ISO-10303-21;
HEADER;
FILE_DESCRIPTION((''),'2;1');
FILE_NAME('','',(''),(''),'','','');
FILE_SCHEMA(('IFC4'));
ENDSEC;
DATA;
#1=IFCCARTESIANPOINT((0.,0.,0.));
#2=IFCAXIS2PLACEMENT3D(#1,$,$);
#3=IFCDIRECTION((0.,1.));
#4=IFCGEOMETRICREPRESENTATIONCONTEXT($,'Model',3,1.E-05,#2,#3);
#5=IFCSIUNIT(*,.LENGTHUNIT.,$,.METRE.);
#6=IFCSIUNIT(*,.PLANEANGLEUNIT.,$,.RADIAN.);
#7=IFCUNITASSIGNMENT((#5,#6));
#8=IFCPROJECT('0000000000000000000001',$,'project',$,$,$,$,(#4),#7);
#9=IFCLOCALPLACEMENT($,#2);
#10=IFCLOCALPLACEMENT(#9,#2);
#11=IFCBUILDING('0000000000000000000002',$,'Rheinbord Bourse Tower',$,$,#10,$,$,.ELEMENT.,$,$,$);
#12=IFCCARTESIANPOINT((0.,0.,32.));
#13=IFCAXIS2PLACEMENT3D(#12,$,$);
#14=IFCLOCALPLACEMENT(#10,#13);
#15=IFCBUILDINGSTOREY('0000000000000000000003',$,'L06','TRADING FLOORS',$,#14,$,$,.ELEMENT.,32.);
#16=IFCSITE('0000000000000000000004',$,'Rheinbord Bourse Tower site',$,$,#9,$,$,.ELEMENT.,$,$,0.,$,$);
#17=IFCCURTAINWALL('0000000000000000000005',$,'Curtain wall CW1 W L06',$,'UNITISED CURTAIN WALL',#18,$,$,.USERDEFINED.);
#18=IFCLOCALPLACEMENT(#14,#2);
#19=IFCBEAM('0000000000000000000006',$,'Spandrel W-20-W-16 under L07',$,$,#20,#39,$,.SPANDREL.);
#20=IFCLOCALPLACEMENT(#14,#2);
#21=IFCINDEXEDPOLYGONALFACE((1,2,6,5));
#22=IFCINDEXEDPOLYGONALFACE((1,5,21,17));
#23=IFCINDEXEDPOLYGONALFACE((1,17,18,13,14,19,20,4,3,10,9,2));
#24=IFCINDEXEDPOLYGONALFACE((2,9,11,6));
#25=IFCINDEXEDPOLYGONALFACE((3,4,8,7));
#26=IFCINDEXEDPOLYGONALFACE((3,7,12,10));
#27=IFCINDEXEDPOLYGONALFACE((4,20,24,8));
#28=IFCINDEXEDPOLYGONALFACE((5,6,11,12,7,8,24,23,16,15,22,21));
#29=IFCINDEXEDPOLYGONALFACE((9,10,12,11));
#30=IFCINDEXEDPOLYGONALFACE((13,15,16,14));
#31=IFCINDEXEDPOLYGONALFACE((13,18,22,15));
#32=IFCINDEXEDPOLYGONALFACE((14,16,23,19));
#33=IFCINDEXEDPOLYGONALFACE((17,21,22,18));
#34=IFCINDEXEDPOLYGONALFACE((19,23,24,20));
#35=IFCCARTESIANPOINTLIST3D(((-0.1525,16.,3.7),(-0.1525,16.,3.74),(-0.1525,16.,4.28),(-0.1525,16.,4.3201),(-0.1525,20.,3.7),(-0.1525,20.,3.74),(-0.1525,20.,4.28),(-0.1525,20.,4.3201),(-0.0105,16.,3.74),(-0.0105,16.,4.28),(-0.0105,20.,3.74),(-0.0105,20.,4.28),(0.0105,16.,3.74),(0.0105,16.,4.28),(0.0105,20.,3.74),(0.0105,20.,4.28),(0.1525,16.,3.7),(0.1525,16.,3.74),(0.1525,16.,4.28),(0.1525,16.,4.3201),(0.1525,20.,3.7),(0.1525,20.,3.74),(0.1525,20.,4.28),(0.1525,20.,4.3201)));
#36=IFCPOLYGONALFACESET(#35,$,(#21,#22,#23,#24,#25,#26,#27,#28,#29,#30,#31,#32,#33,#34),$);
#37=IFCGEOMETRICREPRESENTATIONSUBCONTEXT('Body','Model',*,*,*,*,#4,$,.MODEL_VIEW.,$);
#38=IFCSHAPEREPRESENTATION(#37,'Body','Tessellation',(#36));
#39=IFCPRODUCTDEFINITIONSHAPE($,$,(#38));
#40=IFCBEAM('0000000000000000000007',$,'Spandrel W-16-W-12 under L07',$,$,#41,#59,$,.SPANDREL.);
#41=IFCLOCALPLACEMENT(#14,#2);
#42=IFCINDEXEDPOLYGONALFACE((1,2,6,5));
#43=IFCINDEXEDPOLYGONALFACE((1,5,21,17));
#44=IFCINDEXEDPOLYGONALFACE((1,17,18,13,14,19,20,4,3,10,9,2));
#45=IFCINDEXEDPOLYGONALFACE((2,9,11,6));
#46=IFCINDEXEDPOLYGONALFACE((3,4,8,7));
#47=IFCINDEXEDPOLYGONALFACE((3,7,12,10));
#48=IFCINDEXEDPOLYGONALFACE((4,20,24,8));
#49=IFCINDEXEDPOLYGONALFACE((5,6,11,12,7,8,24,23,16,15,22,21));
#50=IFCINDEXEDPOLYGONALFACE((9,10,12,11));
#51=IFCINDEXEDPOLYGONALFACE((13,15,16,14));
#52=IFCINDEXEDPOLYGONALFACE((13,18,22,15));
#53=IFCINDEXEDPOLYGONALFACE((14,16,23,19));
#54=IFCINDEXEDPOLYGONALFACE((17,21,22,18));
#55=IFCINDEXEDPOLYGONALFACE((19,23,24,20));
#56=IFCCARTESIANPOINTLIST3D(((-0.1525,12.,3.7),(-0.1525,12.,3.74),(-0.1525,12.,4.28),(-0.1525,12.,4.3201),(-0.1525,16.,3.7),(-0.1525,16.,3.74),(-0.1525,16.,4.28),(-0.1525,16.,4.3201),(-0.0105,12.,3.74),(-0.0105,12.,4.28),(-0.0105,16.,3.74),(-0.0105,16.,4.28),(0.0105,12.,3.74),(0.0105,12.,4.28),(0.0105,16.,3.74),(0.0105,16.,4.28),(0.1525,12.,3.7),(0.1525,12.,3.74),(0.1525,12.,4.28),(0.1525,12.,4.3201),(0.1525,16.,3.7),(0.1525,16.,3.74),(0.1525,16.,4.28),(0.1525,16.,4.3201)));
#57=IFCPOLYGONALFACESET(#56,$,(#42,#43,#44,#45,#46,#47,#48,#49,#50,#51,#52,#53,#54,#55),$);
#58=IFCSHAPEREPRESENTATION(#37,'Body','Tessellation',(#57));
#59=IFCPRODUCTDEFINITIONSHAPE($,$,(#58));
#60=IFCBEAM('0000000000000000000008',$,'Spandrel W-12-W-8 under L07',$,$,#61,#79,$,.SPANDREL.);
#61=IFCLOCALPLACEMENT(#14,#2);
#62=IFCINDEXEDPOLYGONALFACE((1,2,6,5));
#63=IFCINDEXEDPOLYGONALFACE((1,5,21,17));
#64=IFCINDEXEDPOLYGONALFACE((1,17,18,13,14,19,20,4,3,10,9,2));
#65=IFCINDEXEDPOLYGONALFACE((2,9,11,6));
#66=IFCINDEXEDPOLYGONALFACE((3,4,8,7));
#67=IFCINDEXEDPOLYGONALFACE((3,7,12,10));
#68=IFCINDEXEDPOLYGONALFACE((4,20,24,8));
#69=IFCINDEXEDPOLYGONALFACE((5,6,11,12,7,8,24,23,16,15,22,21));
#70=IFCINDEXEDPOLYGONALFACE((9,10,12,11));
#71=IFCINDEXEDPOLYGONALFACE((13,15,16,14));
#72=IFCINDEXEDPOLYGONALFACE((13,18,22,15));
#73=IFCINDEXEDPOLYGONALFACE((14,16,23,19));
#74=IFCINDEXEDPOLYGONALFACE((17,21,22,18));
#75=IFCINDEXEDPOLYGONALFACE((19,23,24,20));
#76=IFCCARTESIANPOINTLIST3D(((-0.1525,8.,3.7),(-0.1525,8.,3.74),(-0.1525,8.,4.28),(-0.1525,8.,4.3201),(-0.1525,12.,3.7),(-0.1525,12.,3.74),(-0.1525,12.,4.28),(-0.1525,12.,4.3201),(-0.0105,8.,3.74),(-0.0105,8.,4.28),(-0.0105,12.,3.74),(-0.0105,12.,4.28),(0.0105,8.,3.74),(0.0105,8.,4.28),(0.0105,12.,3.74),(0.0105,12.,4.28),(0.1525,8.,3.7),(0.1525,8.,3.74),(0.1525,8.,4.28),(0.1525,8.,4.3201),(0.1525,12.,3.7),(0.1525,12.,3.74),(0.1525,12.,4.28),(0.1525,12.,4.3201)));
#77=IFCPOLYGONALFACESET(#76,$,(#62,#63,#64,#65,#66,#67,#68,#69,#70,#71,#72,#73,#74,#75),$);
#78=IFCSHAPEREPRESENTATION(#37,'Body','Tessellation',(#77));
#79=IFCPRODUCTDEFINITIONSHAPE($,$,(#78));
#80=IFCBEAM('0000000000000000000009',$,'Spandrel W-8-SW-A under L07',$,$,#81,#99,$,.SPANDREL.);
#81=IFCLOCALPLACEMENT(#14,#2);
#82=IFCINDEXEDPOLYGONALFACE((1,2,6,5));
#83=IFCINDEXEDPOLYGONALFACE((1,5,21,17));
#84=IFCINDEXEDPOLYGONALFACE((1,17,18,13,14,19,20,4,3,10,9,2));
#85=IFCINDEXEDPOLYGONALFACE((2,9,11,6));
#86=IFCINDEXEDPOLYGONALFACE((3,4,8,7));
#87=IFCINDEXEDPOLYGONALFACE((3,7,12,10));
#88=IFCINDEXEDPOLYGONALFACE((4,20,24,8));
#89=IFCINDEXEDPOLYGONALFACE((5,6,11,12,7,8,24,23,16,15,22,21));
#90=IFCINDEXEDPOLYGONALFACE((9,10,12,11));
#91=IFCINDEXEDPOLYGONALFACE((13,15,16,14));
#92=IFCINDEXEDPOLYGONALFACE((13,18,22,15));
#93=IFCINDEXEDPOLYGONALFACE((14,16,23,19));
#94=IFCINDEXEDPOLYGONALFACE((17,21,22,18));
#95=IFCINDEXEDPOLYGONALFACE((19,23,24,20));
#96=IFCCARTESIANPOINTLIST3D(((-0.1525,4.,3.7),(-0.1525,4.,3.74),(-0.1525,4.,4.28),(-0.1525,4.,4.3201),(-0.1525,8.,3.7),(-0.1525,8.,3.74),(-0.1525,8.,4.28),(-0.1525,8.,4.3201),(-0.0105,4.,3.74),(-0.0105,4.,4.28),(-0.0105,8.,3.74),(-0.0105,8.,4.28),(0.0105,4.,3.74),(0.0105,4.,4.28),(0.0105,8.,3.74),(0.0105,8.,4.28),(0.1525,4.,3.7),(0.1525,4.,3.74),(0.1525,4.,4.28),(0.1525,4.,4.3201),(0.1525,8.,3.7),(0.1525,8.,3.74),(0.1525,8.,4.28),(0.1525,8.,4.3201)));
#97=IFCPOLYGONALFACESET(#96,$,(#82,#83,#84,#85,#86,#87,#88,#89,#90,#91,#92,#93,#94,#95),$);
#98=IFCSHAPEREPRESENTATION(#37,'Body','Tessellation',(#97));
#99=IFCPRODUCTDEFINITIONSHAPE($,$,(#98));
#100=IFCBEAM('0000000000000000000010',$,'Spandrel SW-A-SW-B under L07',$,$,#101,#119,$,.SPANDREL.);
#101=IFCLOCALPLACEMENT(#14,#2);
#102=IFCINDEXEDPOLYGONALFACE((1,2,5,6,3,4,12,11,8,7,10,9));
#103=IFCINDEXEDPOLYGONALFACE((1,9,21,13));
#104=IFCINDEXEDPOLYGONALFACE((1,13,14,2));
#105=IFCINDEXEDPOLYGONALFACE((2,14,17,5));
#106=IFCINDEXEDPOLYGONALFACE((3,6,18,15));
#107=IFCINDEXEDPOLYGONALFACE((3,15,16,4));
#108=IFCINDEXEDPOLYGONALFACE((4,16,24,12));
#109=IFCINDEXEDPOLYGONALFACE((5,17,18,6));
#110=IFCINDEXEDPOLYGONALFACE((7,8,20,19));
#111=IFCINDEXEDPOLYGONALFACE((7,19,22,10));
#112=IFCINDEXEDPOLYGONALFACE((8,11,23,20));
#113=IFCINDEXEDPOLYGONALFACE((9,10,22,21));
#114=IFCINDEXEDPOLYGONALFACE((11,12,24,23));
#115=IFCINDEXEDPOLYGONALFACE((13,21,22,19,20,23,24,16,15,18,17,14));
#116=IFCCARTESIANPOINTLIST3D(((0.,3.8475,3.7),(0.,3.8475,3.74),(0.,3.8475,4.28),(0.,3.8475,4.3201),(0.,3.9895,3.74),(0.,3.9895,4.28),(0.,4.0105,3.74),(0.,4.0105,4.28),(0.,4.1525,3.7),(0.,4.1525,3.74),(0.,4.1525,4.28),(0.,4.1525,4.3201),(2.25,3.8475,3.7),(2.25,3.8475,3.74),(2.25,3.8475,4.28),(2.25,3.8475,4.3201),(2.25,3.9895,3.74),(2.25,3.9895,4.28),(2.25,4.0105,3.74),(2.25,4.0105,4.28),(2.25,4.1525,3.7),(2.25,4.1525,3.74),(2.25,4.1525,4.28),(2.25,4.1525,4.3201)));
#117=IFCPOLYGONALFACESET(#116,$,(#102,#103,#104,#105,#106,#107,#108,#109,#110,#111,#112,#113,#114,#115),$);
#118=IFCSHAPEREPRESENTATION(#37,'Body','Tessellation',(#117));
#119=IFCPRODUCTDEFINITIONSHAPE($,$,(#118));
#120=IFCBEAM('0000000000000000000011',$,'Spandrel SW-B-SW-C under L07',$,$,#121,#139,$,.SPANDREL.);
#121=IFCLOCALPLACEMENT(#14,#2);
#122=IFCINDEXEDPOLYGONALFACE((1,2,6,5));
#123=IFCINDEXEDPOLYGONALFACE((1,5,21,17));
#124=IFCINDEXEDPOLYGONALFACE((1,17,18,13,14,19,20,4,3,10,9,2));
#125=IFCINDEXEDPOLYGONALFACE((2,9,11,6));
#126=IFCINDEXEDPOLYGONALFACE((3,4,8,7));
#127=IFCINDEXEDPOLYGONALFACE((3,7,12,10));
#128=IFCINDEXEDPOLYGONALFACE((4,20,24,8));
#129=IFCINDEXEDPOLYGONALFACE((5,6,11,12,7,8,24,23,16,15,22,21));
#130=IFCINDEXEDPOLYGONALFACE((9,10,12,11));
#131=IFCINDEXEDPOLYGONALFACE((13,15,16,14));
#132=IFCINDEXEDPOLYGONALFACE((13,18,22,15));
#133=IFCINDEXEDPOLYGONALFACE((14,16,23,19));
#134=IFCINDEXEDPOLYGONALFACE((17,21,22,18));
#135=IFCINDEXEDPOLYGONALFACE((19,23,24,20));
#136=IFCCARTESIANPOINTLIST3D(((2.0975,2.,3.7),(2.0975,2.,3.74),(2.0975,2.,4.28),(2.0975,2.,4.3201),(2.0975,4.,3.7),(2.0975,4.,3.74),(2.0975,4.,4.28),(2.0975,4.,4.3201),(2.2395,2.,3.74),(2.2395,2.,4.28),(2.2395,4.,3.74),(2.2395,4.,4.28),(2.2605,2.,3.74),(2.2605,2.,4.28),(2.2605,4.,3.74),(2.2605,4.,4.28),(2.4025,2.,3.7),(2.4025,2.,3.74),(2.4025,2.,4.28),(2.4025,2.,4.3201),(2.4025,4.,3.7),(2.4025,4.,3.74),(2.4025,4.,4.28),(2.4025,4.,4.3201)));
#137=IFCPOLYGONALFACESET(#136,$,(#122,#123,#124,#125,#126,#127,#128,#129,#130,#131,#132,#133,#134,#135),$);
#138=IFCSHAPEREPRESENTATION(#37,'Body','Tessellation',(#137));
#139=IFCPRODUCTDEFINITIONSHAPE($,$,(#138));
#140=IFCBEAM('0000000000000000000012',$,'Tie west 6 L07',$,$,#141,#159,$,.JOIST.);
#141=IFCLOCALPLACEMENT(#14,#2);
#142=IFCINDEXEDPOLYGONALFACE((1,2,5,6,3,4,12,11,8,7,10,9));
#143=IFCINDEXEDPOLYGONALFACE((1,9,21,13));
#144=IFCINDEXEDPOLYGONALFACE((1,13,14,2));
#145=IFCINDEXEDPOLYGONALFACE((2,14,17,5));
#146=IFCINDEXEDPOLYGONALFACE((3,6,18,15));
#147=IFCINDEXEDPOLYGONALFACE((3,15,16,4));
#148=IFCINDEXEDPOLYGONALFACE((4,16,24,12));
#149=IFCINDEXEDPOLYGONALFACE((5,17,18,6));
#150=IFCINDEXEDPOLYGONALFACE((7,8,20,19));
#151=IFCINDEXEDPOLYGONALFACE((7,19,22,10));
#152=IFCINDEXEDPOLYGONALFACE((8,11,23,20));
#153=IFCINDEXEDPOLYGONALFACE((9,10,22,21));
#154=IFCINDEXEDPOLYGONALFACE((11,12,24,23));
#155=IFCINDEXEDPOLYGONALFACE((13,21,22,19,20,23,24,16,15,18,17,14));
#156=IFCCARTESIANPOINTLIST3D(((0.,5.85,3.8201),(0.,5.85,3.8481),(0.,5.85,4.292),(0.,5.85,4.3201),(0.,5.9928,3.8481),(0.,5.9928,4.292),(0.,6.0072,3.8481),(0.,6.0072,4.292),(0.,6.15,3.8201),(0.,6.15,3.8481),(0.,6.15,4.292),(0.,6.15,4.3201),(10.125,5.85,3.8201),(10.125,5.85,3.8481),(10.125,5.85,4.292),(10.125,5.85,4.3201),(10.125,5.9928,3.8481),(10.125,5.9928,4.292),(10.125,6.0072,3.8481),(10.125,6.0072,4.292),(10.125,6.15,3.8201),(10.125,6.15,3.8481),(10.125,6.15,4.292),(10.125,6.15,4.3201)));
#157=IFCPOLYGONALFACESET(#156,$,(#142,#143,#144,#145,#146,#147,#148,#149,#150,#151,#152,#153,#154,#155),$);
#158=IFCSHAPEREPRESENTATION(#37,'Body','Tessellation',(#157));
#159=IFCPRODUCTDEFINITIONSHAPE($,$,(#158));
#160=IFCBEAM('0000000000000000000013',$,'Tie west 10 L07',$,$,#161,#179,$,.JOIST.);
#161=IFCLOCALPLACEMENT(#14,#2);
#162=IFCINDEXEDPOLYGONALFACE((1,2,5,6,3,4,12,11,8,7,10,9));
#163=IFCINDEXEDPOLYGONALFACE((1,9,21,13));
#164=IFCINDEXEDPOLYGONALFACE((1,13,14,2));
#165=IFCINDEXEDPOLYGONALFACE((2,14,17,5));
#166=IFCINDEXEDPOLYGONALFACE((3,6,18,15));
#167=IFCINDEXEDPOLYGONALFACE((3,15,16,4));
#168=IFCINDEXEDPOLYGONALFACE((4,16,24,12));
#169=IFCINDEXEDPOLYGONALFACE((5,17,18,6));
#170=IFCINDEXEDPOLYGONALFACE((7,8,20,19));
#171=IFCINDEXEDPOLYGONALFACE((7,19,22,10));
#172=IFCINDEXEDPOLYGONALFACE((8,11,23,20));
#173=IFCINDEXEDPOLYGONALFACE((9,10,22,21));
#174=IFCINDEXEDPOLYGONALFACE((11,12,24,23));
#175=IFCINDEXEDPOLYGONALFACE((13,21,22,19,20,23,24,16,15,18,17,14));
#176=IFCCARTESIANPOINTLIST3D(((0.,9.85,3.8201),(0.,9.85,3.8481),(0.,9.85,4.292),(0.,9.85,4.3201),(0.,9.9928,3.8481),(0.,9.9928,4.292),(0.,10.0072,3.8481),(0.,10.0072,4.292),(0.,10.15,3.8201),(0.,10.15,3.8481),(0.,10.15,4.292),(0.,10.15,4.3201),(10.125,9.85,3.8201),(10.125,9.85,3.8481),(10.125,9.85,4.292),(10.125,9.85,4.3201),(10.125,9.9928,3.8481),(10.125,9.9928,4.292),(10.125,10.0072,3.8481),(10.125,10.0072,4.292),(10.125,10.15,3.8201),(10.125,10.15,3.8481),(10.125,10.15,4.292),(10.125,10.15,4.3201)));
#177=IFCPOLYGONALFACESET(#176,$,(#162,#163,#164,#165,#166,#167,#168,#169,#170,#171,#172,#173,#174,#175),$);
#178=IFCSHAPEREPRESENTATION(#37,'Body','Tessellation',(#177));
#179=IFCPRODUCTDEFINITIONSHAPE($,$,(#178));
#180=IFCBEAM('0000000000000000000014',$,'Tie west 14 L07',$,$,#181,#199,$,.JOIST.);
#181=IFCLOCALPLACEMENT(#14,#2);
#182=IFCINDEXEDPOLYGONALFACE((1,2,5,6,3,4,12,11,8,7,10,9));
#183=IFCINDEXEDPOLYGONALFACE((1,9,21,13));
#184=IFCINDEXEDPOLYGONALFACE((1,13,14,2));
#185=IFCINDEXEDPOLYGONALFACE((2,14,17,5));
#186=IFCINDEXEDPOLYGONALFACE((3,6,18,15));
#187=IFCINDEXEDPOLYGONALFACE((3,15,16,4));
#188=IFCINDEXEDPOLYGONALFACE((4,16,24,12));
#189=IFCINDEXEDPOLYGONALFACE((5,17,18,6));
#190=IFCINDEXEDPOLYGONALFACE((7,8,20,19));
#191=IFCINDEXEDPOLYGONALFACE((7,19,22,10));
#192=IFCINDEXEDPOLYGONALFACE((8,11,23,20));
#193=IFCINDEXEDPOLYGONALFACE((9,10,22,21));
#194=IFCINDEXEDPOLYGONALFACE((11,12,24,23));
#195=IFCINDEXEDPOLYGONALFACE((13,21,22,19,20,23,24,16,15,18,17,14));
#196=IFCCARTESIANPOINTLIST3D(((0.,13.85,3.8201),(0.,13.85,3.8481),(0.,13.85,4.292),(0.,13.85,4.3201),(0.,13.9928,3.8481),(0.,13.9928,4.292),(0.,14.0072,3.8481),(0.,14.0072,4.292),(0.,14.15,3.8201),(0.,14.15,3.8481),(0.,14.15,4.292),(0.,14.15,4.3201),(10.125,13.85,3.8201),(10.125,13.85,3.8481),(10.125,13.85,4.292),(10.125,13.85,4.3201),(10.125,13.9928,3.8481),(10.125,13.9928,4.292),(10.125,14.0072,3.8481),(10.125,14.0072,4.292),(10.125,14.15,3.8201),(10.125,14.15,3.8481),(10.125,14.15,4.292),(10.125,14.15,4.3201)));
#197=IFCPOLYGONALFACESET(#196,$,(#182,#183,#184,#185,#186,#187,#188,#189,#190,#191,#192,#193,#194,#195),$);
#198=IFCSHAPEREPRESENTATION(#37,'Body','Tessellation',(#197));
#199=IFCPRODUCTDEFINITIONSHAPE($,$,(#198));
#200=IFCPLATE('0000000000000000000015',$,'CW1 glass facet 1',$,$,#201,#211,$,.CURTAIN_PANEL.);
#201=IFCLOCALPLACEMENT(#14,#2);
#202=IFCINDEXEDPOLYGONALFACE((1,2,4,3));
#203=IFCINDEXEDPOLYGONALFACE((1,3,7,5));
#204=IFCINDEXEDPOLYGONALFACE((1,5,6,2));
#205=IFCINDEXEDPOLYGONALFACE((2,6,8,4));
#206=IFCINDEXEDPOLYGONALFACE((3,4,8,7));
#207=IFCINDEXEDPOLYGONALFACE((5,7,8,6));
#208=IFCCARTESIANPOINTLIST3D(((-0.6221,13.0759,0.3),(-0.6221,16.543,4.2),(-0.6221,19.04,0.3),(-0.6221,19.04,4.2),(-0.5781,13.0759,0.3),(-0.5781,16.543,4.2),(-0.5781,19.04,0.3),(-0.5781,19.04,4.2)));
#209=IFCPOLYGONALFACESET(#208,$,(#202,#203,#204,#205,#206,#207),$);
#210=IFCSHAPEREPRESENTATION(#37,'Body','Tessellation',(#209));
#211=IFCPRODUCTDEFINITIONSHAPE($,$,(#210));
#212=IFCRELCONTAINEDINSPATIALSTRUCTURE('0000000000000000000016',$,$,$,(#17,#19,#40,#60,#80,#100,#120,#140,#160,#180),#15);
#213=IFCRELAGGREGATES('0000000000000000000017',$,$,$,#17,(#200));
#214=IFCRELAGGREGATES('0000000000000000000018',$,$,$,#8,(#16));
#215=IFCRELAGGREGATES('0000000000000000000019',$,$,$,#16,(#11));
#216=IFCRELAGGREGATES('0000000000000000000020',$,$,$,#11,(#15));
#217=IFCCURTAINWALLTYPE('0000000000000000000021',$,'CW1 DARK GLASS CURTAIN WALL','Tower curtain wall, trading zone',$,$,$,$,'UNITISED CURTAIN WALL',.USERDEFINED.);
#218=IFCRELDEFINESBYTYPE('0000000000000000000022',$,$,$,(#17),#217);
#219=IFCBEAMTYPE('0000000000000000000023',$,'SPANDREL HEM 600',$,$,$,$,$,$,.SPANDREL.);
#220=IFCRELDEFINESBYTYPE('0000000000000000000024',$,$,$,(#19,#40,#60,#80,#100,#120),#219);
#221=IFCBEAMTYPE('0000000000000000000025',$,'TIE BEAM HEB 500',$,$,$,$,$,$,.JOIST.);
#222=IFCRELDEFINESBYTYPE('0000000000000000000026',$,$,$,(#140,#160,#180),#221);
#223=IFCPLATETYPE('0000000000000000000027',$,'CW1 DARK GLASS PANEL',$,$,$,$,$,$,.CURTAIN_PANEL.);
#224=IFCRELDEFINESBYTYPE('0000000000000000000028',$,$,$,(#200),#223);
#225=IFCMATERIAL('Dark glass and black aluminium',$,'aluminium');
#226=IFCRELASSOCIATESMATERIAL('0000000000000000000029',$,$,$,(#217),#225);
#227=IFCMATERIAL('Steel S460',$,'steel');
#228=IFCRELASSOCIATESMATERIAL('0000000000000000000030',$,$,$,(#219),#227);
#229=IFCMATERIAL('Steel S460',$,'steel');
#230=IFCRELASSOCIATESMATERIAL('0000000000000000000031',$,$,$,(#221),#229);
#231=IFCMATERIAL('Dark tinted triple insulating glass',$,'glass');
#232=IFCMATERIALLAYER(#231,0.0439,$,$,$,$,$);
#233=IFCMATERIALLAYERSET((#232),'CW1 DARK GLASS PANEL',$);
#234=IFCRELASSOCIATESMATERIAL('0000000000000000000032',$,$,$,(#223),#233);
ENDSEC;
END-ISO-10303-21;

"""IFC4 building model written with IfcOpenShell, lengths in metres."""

from ifc_helpers import new_model, si_unit, direction, frame, origin, origin_2d, place, context, subcontext, project, spatial, polyline, i_section, outline, extrude, material, layer, layer_set, material_profile, profile_set, type_object, element, aggregate, save


model = new_model("IFC4")

# Units and contexts
model_context = context("Model", 3, precision=1e-05, world=origin(), true_north=direction((0.0, 1.0)))
body_context = subcontext(model_context, "Body", "Model", "MODEL_VIEW")
ifc_project = project(units=[si_unit("LENGTHUNIT", "METRE"), si_unit("PLANEANGLEUNIT", "RADIAN")], contexts=[model_context])

# Site, building, storey
site_placement = place(None, origin())
site = spatial("IfcSite", under=ifc_project, at=site_placement, Name="Rheinbord Bourse Tower site", CompositionType="ELEMENT", RefElevation=0.0)
building_placement = place(site_placement, origin())
building = spatial("IfcBuilding", under=site, at=building_placement, Name="Rheinbord Bourse Tower", CompositionType="ELEMENT")
storey_placement = place(building_placement, frame((0.0, 0.0, 32.0)))
storey = spatial("IfcBuildingStorey", under=building, at=storey_placement, Name="L06", Description="TRADING FLOORS", CompositionType="ELEMENT", Elevation=32.0)

# Curtain wall
ifc_material_1 = material(Name="Dark glass and black aluminium", Category="aluminium")
curtain_wall_type = type_object("IfcCurtainWallType", Name="CW1 DARK GLASS CURTAIN WALL", Description="Tower curtain wall, trading zone", ElementType="UNITISED CURTAIN WALL", PredefinedType="USERDEFINED", material=ifc_material_1)
curtain_wall_placement = place(storey_placement, origin())
curtain_wall = element("IfcCurtainWall", 1, at=curtain_wall_placement, inside=storey, type_object=curtain_wall_type, Name="Curtain wall CW1 W L06", ObjectType="UNITISED CURTAIN WALL", PredefinedType="USERDEFINED")

# Beams
ifc_material_2 = material(Name="Steel S460", Category="steel")
ifc_material_profile_1 = material_profile(ifc_material_2, i_section(OverallWidth=0.3049, OverallDepth=0.6201, WebThickness=0.021, FlangeThickness=0.04, at=origin_2d()), Name="HEM 600")
ifc_profile_set_1 = profile_set([ifc_material_profile_1], Name="Steel S460")
beam_type_1 = type_object("IfcBeamType", Name="SPANDREL HEM 600", PredefinedType="SPANDREL", material=ifc_profile_set_1)
for number, where, z_axis, x_axis, name in (
    (2, (0.0, 20.0, 4.01), (0.0, -1.0, 0.0), (1.0, 0.0, 0.0), "Spandrel W-20-W-16 under L07"),
    (3, (0.0, 16.0, 4.01), (0.0, -1.0, 0.0), (1.0, 0.0, 0.0), "Spandrel W-16-W-12 under L07"),
    (4, (0.0, 12.0, 4.01), (0.0, -1.0, 0.0), (1.0, 0.0, 0.0), "Spandrel W-12-W-8 under L07"),
    (5, (0.0, 8.0, 4.01), (0.0, -1.0, 0.0), (1.0, 0.0, 0.0), "Spandrel W-8-SW-A under L07"),
):
    element("IfcBeam", number, at=place(storey_placement, frame(where, z_axis=z_axis, x_axis=x_axis)), inside=storey, type_object=beam_type_1, Name=name, PredefinedType="SPANDREL", context=body_context, shape_type="SweptSolid", body=[
        extrude(i_section(OverallWidth=0.3049, OverallDepth=0.6201, WebThickness=0.021, FlangeThickness=0.04, at=origin_2d()), origin(), (0.0, 0.0, 1.0), 4.0),
    ])
beam_1_placement = place(storey_placement, frame((0.0, 4.0, 4.01), z_axis=(1.0, 0.0, 0.0), x_axis=(0.0, 1.0, 0.0)))
element("IfcBeam", 6, at=beam_1_placement, inside=storey, type_object=beam_type_1, Name="Spandrel SW-A-SW-B under L07", PredefinedType="SPANDREL", context=body_context, shape_type="SweptSolid", body=[
    extrude(i_section(OverallWidth=0.3049, OverallDepth=0.6201, WebThickness=0.021, FlangeThickness=0.04, at=origin_2d()), origin(), (0.0, 0.0, 1.0), 2.25),
])
beam_2_placement = place(storey_placement, frame((2.25, 4.0, 4.01), z_axis=(0.0, -1.0, 0.0), x_axis=(1.0, 0.0, 0.0)))
element("IfcBeam", 7, at=beam_2_placement, inside=storey, type_object=beam_type_1, Name="Spandrel SW-B-SW-C under L07", PredefinedType="SPANDREL", context=body_context, shape_type="SweptSolid", body=[
    extrude(i_section(OverallWidth=0.3049, OverallDepth=0.6201, WebThickness=0.021, FlangeThickness=0.04, at=origin_2d()), origin(), (0.0, 0.0, 1.0), 2.0),
])
ifc_material_3 = material(Name="Steel S460", Category="steel")
ifc_material_profile_2 = material_profile(ifc_material_3, i_section(OverallWidth=0.3, OverallDepth=0.5, WebThickness=0.0144, FlangeThickness=0.0281, at=origin_2d()), Name="HEB 500")
ifc_profile_set_2 = profile_set([ifc_material_profile_2], Name="Steel S460")
beam_type_2 = type_object("IfcBeamType", Name="TIE BEAM HEB 500", PredefinedType="JOIST", material=ifc_profile_set_2)
for number, where, z_axis, x_axis, name in (
    (8, (0.0, 6.0, 4.0701), (1.0, 0.0, 0.0), (0.0, 1.0, 0.0), "Tie west 6 L07"),
    (9, (0.0, 10.0, 4.0701), (1.0, 0.0, 0.0), (0.0, 1.0, 0.0), "Tie west 10 L07"),
    (10, (0.0, 14.0, 4.0701), (1.0, 0.0, 0.0), (0.0, 1.0, 0.0), "Tie west 14 L07"),
):
    element("IfcBeam", number, at=place(storey_placement, frame(where, z_axis=z_axis, x_axis=x_axis)), inside=storey, type_object=beam_type_2, Name=name, PredefinedType="JOIST", context=body_context, shape_type="SweptSolid", body=[
        extrude(i_section(OverallWidth=0.3, OverallDepth=0.5, WebThickness=0.0144, FlangeThickness=0.0281, at=origin_2d()), origin(), (0.0, 0.0, 1.0), 10.125),
    ])

# Plate
ifc_material_4 = material(Name="Dark tinted triple insulating glass", Category="glass")
ifc_layer_1 = layer(ifc_material_4, 0.0439)
ifc_layer_set_1 = layer_set([ifc_layer_1], Name="CW1 DARK GLASS PANEL")
plate_type = type_object("IfcPlateType", Name="CW1 DARK GLASS PANEL", PredefinedType="CURTAIN_PANEL", material=ifc_layer_set_1)
plate_1_placement = place(storey_placement, frame((-0.6221, 19.04, 0.3), z_axis=(1.0, 0.0, 0.0), x_axis=(0.0, 0.0, 1.0)))
plate_1 = element("IfcPlate", 11, at=plate_1_placement, type_object=plate_type, Name="CW1 glass facet 1", PredefinedType="CURTAIN_PANEL", context=body_context, shape_type="SweptSolid", body=[
    extrude(outline(polyline([(0.0, 0.0), (3.8999, 0.0), (3.8999, 2.4971), (0.0, 5.9641), (0.0, 0.0)])), origin(), (0.0, 0.0, 1.0), 0.0439),
])
aggregate(curtain_wall, [plate_1])

save(model, "model.ifc")
